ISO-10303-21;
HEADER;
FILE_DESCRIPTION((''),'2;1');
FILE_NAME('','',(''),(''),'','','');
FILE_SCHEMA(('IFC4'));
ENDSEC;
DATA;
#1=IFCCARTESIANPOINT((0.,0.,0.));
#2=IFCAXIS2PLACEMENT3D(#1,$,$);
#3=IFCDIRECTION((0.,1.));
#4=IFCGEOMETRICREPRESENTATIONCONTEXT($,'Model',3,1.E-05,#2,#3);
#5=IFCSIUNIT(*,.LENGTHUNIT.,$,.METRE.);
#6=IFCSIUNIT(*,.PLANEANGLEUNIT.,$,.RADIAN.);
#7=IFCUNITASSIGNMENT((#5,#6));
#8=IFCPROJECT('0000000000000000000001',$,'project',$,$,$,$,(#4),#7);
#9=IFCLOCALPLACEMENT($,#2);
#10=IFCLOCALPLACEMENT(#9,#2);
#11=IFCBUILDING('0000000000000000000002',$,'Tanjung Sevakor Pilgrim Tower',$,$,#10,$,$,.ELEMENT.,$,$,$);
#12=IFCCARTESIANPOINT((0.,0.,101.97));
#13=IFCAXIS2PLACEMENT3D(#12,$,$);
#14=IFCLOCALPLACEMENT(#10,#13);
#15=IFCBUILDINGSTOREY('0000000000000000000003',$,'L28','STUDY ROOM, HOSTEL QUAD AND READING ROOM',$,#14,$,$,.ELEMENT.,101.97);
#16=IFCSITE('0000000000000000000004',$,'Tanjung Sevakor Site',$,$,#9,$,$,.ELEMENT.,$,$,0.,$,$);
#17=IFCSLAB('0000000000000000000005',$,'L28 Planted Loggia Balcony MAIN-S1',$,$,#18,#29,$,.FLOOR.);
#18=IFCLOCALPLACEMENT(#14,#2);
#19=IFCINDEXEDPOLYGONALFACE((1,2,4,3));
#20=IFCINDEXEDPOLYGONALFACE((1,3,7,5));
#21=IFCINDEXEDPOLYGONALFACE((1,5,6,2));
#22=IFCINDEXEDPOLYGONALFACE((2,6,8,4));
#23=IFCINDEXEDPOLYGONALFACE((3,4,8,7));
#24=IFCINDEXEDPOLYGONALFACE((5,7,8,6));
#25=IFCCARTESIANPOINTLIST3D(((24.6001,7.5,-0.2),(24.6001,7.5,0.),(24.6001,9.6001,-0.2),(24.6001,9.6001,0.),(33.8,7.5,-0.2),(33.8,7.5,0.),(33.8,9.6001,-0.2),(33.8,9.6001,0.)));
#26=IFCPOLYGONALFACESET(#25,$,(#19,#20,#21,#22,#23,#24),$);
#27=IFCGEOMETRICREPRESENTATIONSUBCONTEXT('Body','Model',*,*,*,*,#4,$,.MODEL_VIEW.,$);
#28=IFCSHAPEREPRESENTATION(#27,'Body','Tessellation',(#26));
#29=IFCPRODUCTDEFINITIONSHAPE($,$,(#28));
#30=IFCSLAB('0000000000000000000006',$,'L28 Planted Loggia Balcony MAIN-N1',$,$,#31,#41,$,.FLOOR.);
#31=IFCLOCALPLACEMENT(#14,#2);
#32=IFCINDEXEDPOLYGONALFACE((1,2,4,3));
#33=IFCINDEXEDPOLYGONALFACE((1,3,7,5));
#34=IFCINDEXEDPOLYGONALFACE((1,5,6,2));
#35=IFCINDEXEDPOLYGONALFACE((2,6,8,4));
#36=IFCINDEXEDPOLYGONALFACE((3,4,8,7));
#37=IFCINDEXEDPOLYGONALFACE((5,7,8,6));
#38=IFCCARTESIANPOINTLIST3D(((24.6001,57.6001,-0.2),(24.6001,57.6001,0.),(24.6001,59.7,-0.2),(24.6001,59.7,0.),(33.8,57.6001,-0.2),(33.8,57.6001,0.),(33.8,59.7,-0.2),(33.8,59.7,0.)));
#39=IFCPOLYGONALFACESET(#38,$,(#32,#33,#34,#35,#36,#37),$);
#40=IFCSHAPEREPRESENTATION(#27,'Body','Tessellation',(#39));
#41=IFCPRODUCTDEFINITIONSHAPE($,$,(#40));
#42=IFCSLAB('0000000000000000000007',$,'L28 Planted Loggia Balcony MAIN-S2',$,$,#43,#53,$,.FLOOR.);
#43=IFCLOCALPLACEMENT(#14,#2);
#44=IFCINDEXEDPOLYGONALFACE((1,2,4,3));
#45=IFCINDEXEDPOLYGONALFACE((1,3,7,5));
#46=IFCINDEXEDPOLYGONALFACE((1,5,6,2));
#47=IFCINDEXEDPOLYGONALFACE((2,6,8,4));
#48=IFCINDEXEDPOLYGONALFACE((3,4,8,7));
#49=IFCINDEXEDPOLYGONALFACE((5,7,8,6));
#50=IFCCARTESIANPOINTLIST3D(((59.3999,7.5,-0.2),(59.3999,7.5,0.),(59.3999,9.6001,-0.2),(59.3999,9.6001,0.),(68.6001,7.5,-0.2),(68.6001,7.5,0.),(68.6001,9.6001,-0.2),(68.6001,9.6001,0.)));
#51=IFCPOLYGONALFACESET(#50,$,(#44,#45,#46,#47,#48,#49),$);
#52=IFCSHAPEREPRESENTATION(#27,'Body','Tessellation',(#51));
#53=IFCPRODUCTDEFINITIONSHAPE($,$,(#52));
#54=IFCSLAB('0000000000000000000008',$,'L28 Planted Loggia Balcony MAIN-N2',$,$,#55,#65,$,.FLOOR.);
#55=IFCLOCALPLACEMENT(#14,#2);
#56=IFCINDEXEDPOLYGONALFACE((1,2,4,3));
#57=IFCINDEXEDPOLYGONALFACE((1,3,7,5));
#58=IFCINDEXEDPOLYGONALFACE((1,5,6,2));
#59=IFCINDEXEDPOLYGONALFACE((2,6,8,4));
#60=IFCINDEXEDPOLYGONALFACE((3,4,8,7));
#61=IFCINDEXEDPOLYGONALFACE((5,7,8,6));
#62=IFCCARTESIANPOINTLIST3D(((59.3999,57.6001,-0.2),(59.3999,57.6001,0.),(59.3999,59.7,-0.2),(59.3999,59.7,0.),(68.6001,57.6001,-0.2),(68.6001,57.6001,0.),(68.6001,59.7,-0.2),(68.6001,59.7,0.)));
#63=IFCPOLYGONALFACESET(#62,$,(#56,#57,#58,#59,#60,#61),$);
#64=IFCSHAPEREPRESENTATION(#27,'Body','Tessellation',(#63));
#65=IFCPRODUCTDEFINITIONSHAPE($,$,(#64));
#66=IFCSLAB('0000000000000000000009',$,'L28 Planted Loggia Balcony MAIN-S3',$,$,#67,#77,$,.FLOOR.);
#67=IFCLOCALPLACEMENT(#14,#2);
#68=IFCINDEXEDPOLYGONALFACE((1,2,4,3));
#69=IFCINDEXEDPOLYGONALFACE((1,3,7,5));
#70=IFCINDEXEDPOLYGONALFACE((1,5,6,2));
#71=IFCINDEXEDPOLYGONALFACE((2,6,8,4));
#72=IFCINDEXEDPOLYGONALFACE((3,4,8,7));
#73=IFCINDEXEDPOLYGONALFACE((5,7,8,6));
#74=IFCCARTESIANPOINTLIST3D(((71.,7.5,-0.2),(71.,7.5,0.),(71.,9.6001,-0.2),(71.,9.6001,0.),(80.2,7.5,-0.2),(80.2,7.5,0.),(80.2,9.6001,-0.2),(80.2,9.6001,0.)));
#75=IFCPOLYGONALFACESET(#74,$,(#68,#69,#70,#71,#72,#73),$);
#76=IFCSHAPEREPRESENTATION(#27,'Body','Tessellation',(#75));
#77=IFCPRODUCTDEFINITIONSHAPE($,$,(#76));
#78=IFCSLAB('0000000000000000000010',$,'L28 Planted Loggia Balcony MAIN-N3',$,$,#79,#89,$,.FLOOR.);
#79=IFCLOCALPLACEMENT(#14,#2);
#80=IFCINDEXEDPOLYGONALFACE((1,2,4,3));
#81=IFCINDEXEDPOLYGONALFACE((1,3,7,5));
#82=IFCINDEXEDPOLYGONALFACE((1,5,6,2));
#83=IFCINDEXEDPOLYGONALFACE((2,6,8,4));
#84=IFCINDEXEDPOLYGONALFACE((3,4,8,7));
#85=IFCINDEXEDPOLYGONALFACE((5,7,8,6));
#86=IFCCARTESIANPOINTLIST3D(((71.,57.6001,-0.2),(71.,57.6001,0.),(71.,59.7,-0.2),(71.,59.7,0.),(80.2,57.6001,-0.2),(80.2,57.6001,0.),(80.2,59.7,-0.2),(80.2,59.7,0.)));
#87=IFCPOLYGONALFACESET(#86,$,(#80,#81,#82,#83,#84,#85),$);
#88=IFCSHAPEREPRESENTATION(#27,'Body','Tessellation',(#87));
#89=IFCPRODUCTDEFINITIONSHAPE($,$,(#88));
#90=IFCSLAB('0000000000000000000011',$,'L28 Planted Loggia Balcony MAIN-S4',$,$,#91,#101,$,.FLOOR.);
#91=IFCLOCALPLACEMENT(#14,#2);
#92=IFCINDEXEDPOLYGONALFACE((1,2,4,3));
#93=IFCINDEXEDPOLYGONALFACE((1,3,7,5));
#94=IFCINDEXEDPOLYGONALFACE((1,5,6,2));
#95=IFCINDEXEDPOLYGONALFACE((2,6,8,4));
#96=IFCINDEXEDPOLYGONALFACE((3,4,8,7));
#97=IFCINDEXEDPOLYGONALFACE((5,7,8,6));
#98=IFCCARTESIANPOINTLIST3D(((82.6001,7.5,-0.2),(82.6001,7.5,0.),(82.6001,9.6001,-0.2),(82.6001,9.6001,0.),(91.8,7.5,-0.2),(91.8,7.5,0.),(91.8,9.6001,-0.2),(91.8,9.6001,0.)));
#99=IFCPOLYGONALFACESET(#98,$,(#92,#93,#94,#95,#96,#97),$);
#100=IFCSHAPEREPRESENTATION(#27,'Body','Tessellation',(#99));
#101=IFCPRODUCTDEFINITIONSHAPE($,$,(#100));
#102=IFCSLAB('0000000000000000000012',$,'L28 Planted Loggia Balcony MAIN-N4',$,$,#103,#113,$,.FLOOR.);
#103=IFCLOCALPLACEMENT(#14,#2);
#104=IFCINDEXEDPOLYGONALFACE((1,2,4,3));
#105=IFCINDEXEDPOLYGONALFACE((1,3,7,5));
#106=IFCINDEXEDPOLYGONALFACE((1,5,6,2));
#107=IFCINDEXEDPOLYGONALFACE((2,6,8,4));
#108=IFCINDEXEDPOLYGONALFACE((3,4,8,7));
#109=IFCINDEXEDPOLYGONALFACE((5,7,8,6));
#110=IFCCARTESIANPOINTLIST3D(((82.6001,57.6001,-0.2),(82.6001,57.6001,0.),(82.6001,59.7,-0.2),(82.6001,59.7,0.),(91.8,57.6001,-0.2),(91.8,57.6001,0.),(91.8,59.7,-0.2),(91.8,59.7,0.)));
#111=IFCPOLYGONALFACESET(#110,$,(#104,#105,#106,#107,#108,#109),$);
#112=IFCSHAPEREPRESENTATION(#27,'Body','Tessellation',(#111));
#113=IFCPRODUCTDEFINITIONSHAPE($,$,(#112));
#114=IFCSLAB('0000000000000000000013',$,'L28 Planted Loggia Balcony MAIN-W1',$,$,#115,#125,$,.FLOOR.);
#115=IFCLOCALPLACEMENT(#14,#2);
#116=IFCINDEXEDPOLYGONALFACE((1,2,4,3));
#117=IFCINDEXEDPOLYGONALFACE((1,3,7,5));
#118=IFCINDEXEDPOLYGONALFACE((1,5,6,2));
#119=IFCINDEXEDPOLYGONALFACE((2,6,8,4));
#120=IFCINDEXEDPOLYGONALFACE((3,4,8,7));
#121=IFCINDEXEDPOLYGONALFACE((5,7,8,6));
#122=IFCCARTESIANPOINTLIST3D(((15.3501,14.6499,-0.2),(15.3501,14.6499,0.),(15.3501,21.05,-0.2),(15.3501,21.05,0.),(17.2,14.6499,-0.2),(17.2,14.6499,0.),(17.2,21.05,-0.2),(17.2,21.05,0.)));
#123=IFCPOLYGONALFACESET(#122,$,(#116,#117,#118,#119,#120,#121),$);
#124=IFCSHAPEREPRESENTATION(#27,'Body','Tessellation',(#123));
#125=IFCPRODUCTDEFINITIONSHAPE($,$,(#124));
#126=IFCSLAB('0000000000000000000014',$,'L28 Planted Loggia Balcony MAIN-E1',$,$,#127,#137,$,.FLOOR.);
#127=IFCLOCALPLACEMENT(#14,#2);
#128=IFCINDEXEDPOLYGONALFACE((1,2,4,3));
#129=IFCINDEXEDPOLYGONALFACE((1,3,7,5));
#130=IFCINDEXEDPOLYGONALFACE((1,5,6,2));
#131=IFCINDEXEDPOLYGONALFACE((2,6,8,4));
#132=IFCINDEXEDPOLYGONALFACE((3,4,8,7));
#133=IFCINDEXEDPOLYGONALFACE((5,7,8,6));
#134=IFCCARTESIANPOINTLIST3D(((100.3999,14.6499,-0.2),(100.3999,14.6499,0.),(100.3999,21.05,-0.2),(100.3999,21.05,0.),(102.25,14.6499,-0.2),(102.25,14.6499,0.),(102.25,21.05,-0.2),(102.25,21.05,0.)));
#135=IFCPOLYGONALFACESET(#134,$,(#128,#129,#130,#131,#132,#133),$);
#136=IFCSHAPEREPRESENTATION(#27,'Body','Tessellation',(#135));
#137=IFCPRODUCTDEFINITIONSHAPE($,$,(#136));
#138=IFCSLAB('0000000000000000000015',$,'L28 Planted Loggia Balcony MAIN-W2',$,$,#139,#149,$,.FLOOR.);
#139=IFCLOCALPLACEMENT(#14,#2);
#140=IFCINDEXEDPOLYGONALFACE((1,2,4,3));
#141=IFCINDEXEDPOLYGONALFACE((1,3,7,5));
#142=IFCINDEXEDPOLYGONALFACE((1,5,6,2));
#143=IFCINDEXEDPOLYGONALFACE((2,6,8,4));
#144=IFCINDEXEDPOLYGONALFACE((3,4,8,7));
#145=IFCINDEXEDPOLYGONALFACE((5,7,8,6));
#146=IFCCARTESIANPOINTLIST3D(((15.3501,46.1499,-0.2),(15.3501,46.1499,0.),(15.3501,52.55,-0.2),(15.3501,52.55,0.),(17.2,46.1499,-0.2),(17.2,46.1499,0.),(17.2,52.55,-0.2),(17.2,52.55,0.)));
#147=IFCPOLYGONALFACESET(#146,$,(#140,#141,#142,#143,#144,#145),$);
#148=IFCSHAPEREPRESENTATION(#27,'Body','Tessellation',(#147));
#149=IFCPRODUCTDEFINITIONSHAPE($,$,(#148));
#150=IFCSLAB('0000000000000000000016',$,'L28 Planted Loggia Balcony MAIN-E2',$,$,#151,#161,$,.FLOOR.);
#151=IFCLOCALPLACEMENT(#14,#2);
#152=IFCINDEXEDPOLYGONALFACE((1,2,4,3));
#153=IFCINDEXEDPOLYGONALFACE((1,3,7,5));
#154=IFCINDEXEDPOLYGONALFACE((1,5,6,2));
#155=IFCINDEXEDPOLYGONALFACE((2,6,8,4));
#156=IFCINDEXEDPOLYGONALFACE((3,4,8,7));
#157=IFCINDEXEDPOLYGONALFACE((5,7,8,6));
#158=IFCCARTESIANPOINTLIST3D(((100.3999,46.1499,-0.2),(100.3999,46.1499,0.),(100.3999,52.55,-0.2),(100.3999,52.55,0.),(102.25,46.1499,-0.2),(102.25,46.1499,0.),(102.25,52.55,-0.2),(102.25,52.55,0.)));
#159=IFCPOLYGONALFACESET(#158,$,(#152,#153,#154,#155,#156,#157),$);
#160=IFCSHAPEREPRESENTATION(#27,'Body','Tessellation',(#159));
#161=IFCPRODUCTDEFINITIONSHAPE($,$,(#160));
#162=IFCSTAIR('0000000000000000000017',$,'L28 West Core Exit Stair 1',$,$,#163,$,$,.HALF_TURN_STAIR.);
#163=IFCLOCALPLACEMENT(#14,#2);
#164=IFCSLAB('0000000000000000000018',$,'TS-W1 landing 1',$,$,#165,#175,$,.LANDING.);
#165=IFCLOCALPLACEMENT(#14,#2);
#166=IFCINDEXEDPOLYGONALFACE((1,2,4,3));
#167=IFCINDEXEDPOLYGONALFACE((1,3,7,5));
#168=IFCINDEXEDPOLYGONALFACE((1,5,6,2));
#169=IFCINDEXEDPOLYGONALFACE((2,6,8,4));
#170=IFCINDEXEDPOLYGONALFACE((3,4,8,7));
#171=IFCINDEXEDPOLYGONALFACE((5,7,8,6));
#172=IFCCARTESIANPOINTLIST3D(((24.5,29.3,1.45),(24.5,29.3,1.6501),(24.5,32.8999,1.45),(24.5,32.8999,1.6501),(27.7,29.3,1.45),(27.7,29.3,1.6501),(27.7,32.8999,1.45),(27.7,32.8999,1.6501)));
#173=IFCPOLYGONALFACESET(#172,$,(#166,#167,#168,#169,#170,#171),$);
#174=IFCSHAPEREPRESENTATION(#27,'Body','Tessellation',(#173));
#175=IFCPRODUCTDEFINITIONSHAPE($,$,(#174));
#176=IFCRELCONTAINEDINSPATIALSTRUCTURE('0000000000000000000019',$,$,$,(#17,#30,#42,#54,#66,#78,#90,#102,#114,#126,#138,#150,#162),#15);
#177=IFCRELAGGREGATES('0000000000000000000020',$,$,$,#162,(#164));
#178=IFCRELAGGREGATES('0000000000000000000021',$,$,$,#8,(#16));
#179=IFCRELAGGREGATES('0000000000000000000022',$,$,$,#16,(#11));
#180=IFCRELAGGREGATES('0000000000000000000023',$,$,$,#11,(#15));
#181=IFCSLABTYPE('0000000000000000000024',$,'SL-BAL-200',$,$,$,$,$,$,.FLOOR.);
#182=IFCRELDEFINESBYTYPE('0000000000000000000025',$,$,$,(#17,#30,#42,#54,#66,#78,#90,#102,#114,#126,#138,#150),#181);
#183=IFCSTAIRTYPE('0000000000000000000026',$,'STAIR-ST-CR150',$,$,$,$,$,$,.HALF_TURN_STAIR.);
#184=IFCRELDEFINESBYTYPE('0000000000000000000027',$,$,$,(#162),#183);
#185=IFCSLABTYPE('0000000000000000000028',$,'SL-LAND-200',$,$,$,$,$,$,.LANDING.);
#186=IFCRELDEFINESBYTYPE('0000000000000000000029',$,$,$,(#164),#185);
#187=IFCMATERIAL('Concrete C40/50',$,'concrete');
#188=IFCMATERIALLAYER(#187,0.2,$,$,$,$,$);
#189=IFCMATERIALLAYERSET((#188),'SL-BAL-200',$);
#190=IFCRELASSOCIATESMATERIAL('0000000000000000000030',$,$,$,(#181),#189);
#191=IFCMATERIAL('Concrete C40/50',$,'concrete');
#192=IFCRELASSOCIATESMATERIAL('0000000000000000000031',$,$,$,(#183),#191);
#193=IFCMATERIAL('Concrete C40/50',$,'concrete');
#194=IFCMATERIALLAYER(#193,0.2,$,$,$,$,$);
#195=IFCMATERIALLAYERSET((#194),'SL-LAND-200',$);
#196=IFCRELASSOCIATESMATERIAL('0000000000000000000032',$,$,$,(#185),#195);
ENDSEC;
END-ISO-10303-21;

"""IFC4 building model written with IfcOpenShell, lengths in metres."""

from ifc_helpers import new_model, si_unit, direction, frame, origin, place, context, subcontext, project, spatial, polyline, outline, extrude, material, layer, layer_set, type_object, element, aggregate, save


model = new_model("IFC4")

# Units and contexts
model_context = context("Model", 3, precision=1e-05, world=origin(), true_north=direction((0.0, 1.0)))
body_context = subcontext(model_context, "Body", "Model", "MODEL_VIEW")
ifc_project = project(units=[si_unit("LENGTHUNIT", "METRE"), si_unit("PLANEANGLEUNIT", "RADIAN")], contexts=[model_context])

# Site, building, storey
site_placement = place(None, origin())
site = spatial("IfcSite", under=ifc_project, at=site_placement, Name="Tanjung Sevakor Site", CompositionType="ELEMENT", RefElevation=0.0)
building_placement = place(site_placement, origin())
building = spatial("IfcBuilding", under=site, at=building_placement, Name="Tanjung Sevakor Pilgrim Tower", CompositionType="ELEMENT")
storey_placement = place(building_placement, frame((0.0, 0.0, 101.97)))
storey = spatial("IfcBuildingStorey", under=building, at=storey_placement, Name="L28", Description="STUDY ROOM, HOSTEL QUAD AND READING ROOM", CompositionType="ELEMENT", Elevation=101.97)

# Slabs
ifc_material_1 = material(Name="Concrete C40/50", Category="concrete")
ifc_layer_1 = layer(ifc_material_1, 0.2)
ifc_layer_set_1 = layer_set([ifc_layer_1], Name="SL-BAL-200")
slab_type_1 = type_object("IfcSlabType", Name="SL-BAL-200", PredefinedType="FLOOR", material=ifc_layer_set_1)
slab_1_placement = place(storey_placement, frame((0.0, 0.0, -0.2)))
element("IfcSlab", 1, at=slab_1_placement, inside=storey, type_object=slab_type_1, Name="L28 Planted Loggia Balcony MAIN-S1", PredefinedType="FLOOR", context=body_context, shape_type="SweptSolid", body=[
    extrude(outline(polyline([(24.6001, 7.5), (33.8, 7.5), (33.8, 9.6001), (24.6001, 9.6001), (24.6001, 7.5)])), origin(), (0.0, 0.0, 1.0), 0.2),
])
slab_2_placement = place(storey_placement, frame((0.0, 0.0, -0.2)))
element("IfcSlab", 2, at=slab_2_placement, inside=storey, type_object=slab_type_1, Name="L28 Planted Loggia Balcony MAIN-N1", PredefinedType="FLOOR", context=body_context, shape_type="SweptSolid", body=[
    extrude(outline(polyline([(24.6001, 57.6001), (33.8, 57.6001), (33.8, 59.7), (24.6001, 59.7), (24.6001, 57.6001)])), origin(), (0.0, 0.0, 1.0), 0.2),
])
slab_3_placement = place(storey_placement, frame((0.0, 0.0, -0.2)))
element("IfcSlab", 3, at=slab_3_placement, inside=storey, type_object=slab_type_1, Name="L28 Planted Loggia Balcony MAIN-S2", PredefinedType="FLOOR", context=body_context, shape_type="SweptSolid", body=[
    extrude(outline(polyline([(59.3999, 7.5), (68.6001, 7.5), (68.6001, 9.6001), (59.3999, 9.6001), (59.3999, 7.5)])), origin(), (0.0, 0.0, 1.0), 0.2),
])
slab_4_placement = place(storey_placement, frame((0.0, 0.0, -0.2)))
element("IfcSlab", 4, at=slab_4_placement, inside=storey, type_object=slab_type_1, Name="L28 Planted Loggia Balcony MAIN-N2", PredefinedType="FLOOR", context=body_context, shape_type="SweptSolid", body=[
    extrude(outline(polyline([(59.3999, 57.6001), (68.6001, 57.6001), (68.6001, 59.7), (59.3999, 59.7), (59.3999, 57.6001)])), origin(), (0.0, 0.0, 1.0), 0.2),
])
slab_5_placement = place(storey_placement, frame((0.0, 0.0, -0.2)))
element("IfcSlab", 5, at=slab_5_placement, inside=storey, type_object=slab_type_1, Name="L28 Planted Loggia Balcony MAIN-S3", PredefinedType="FLOOR", context=body_context, shape_type="SweptSolid", body=[
    extrude(outline(polyline([(71.0, 7.5), (80.2, 7.5), (80.2, 9.6001), (71.0, 9.6001), (71.0, 7.5)])), origin(), (0.0, 0.0, 1.0), 0.2),
])
slab_6_placement = place(storey_placement, frame((0.0, 0.0, -0.2)))
element("IfcSlab", 6, at=slab_6_placement, inside=storey, type_object=slab_type_1, Name="L28 Planted Loggia Balcony MAIN-N3", PredefinedType="FLOOR", context=body_context, shape_type="SweptSolid", body=[
    extrude(outline(polyline([(71.0, 57.6001), (80.2, 57.6001), (80.2, 59.7), (71.0, 59.7), (71.0, 57.6001)])), origin(), (0.0, 0.0, 1.0), 0.2),
])
slab_7_placement = place(storey_placement, frame((0.0, 0.0, -0.2)))
element("IfcSlab", 7, at=slab_7_placement, inside=storey, type_object=slab_type_1, Name="L28 Planted Loggia Balcony MAIN-S4", PredefinedType="FLOOR", context=body_context, shape_type="SweptSolid", body=[
    extrude(outline(polyline([(82.6001, 7.5), (91.8, 7.5), (91.8, 9.6001), (82.6001, 9.6001), (82.6001, 7.5)])), origin(), (0.0, 0.0, 1.0), 0.2),
])
slab_8_placement = place(storey_placement, frame((0.0, 0.0, -0.2)))
element("IfcSlab", 8, at=slab_8_placement, inside=storey, type_object=slab_type_1, Name="L28 Planted Loggia Balcony MAIN-N4", PredefinedType="FLOOR", context=body_context, shape_type="SweptSolid", body=[
    extrude(outline(polyline([(82.6001, 57.6001), (91.8, 57.6001), (91.8, 59.7), (82.6001, 59.7), (82.6001, 57.6001)])), origin(), (0.0, 0.0, 1.0), 0.2),
])
slab_9_placement = place(storey_placement, frame((0.0, 0.0, -0.2)))
element("IfcSlab", 9, at=slab_9_placement, inside=storey, type_object=slab_type_1, Name="L28 Planted Loggia Balcony MAIN-W1", PredefinedType="FLOOR", context=body_context, shape_type="SweptSolid", body=[
    extrude(outline(polyline([(15.3501, 14.6499), (17.2, 14.6499), (17.2, 21.05), (15.3501, 21.05), (15.3501, 14.6499)])), origin(), (0.0, 0.0, 1.0), 0.2),
])
slab_10_placement = place(storey_placement, frame((0.0, 0.0, -0.2)))
element("IfcSlab", 10, at=slab_10_placement, inside=storey, type_object=slab_type_1, Name="L28 Planted Loggia Balcony MAIN-E1", PredefinedType="FLOOR", context=body_context, shape_type="SweptSolid", body=[
    extrude(outline(polyline([(100.3999, 14.6499), (102.25, 14.6499), (102.25, 21.05), (100.3999, 21.05), (100.3999, 14.6499)])), origin(), (0.0, 0.0, 1.0), 0.2),
])
slab_11_placement = place(storey_placement, frame((0.0, 0.0, -0.2)))
element("IfcSlab", 11, at=slab_11_placement, inside=storey, type_object=slab_type_1, Name="L28 Planted Loggia Balcony MAIN-W2", PredefinedType="FLOOR", context=body_context, shape_type="SweptSolid", body=[
    extrude(outline(polyline([(15.3501, 46.1499), (17.2, 46.1499), (17.2, 52.55), (15.3501, 52.55), (15.3501, 46.1499)])), origin(), (0.0, 0.0, 1.0), 0.2),
])
slab_12_placement = place(storey_placement, frame((0.0, 0.0, -0.2)))
element("IfcSlab", 12, at=slab_12_placement, inside=storey, type_object=slab_type_1, Name="L28 Planted Loggia Balcony MAIN-E2", PredefinedType="FLOOR", context=body_context, shape_type="SweptSolid", body=[
    extrude(outline(polyline([(100.3999, 46.1499), (102.25, 46.1499), (102.25, 52.55), (100.3999, 52.55), (100.3999, 46.1499)])), origin(), (0.0, 0.0, 1.0), 0.2),
])

# Stair, slab
ifc_material_2 = material(Name="Concrete C40/50", Category="concrete")
stair_type = type_object("IfcStairType", Name="STAIR-ST-CR150", PredefinedType="HALF_TURN_STAIR", material=ifc_material_2)
stair_placement = place(storey_placement, origin())
stair = element("IfcStair", 13, at=stair_placement, inside=storey, type_object=stair_type, Name="L28 West Core Exit Stair 1", PredefinedType="HALF_TURN_STAIR")
ifc_material_3 = material(Name="Concrete C40/50", Category="concrete")
ifc_layer_2 = layer(ifc_material_3, 0.2)
ifc_layer_set_2 = layer_set([ifc_layer_2], Name="SL-LAND-200")
slab_type_2 = type_object("IfcSlabType", Name="SL-LAND-200", PredefinedType="LANDING", material=ifc_layer_set_2)
slab_13_placement = place(storey_placement, frame((0.0, 0.0, 1.45)))
slab_13 = element("IfcSlab", 14, at=slab_13_placement, type_object=slab_type_2, Name="TS-W1 landing 1", PredefinedType="LANDING", context=body_context, shape_type="SweptSolid", body=[
    extrude(outline(polyline([(27.7, 29.3), (27.7, 32.8999), (24.5, 32.8999), (24.5, 29.3), (27.7, 29.3)])), origin(), (0.0, 0.0, 1.0), 0.2002),
])
aggregate(stair, [slab_13])

save(model, "model.ifc")
